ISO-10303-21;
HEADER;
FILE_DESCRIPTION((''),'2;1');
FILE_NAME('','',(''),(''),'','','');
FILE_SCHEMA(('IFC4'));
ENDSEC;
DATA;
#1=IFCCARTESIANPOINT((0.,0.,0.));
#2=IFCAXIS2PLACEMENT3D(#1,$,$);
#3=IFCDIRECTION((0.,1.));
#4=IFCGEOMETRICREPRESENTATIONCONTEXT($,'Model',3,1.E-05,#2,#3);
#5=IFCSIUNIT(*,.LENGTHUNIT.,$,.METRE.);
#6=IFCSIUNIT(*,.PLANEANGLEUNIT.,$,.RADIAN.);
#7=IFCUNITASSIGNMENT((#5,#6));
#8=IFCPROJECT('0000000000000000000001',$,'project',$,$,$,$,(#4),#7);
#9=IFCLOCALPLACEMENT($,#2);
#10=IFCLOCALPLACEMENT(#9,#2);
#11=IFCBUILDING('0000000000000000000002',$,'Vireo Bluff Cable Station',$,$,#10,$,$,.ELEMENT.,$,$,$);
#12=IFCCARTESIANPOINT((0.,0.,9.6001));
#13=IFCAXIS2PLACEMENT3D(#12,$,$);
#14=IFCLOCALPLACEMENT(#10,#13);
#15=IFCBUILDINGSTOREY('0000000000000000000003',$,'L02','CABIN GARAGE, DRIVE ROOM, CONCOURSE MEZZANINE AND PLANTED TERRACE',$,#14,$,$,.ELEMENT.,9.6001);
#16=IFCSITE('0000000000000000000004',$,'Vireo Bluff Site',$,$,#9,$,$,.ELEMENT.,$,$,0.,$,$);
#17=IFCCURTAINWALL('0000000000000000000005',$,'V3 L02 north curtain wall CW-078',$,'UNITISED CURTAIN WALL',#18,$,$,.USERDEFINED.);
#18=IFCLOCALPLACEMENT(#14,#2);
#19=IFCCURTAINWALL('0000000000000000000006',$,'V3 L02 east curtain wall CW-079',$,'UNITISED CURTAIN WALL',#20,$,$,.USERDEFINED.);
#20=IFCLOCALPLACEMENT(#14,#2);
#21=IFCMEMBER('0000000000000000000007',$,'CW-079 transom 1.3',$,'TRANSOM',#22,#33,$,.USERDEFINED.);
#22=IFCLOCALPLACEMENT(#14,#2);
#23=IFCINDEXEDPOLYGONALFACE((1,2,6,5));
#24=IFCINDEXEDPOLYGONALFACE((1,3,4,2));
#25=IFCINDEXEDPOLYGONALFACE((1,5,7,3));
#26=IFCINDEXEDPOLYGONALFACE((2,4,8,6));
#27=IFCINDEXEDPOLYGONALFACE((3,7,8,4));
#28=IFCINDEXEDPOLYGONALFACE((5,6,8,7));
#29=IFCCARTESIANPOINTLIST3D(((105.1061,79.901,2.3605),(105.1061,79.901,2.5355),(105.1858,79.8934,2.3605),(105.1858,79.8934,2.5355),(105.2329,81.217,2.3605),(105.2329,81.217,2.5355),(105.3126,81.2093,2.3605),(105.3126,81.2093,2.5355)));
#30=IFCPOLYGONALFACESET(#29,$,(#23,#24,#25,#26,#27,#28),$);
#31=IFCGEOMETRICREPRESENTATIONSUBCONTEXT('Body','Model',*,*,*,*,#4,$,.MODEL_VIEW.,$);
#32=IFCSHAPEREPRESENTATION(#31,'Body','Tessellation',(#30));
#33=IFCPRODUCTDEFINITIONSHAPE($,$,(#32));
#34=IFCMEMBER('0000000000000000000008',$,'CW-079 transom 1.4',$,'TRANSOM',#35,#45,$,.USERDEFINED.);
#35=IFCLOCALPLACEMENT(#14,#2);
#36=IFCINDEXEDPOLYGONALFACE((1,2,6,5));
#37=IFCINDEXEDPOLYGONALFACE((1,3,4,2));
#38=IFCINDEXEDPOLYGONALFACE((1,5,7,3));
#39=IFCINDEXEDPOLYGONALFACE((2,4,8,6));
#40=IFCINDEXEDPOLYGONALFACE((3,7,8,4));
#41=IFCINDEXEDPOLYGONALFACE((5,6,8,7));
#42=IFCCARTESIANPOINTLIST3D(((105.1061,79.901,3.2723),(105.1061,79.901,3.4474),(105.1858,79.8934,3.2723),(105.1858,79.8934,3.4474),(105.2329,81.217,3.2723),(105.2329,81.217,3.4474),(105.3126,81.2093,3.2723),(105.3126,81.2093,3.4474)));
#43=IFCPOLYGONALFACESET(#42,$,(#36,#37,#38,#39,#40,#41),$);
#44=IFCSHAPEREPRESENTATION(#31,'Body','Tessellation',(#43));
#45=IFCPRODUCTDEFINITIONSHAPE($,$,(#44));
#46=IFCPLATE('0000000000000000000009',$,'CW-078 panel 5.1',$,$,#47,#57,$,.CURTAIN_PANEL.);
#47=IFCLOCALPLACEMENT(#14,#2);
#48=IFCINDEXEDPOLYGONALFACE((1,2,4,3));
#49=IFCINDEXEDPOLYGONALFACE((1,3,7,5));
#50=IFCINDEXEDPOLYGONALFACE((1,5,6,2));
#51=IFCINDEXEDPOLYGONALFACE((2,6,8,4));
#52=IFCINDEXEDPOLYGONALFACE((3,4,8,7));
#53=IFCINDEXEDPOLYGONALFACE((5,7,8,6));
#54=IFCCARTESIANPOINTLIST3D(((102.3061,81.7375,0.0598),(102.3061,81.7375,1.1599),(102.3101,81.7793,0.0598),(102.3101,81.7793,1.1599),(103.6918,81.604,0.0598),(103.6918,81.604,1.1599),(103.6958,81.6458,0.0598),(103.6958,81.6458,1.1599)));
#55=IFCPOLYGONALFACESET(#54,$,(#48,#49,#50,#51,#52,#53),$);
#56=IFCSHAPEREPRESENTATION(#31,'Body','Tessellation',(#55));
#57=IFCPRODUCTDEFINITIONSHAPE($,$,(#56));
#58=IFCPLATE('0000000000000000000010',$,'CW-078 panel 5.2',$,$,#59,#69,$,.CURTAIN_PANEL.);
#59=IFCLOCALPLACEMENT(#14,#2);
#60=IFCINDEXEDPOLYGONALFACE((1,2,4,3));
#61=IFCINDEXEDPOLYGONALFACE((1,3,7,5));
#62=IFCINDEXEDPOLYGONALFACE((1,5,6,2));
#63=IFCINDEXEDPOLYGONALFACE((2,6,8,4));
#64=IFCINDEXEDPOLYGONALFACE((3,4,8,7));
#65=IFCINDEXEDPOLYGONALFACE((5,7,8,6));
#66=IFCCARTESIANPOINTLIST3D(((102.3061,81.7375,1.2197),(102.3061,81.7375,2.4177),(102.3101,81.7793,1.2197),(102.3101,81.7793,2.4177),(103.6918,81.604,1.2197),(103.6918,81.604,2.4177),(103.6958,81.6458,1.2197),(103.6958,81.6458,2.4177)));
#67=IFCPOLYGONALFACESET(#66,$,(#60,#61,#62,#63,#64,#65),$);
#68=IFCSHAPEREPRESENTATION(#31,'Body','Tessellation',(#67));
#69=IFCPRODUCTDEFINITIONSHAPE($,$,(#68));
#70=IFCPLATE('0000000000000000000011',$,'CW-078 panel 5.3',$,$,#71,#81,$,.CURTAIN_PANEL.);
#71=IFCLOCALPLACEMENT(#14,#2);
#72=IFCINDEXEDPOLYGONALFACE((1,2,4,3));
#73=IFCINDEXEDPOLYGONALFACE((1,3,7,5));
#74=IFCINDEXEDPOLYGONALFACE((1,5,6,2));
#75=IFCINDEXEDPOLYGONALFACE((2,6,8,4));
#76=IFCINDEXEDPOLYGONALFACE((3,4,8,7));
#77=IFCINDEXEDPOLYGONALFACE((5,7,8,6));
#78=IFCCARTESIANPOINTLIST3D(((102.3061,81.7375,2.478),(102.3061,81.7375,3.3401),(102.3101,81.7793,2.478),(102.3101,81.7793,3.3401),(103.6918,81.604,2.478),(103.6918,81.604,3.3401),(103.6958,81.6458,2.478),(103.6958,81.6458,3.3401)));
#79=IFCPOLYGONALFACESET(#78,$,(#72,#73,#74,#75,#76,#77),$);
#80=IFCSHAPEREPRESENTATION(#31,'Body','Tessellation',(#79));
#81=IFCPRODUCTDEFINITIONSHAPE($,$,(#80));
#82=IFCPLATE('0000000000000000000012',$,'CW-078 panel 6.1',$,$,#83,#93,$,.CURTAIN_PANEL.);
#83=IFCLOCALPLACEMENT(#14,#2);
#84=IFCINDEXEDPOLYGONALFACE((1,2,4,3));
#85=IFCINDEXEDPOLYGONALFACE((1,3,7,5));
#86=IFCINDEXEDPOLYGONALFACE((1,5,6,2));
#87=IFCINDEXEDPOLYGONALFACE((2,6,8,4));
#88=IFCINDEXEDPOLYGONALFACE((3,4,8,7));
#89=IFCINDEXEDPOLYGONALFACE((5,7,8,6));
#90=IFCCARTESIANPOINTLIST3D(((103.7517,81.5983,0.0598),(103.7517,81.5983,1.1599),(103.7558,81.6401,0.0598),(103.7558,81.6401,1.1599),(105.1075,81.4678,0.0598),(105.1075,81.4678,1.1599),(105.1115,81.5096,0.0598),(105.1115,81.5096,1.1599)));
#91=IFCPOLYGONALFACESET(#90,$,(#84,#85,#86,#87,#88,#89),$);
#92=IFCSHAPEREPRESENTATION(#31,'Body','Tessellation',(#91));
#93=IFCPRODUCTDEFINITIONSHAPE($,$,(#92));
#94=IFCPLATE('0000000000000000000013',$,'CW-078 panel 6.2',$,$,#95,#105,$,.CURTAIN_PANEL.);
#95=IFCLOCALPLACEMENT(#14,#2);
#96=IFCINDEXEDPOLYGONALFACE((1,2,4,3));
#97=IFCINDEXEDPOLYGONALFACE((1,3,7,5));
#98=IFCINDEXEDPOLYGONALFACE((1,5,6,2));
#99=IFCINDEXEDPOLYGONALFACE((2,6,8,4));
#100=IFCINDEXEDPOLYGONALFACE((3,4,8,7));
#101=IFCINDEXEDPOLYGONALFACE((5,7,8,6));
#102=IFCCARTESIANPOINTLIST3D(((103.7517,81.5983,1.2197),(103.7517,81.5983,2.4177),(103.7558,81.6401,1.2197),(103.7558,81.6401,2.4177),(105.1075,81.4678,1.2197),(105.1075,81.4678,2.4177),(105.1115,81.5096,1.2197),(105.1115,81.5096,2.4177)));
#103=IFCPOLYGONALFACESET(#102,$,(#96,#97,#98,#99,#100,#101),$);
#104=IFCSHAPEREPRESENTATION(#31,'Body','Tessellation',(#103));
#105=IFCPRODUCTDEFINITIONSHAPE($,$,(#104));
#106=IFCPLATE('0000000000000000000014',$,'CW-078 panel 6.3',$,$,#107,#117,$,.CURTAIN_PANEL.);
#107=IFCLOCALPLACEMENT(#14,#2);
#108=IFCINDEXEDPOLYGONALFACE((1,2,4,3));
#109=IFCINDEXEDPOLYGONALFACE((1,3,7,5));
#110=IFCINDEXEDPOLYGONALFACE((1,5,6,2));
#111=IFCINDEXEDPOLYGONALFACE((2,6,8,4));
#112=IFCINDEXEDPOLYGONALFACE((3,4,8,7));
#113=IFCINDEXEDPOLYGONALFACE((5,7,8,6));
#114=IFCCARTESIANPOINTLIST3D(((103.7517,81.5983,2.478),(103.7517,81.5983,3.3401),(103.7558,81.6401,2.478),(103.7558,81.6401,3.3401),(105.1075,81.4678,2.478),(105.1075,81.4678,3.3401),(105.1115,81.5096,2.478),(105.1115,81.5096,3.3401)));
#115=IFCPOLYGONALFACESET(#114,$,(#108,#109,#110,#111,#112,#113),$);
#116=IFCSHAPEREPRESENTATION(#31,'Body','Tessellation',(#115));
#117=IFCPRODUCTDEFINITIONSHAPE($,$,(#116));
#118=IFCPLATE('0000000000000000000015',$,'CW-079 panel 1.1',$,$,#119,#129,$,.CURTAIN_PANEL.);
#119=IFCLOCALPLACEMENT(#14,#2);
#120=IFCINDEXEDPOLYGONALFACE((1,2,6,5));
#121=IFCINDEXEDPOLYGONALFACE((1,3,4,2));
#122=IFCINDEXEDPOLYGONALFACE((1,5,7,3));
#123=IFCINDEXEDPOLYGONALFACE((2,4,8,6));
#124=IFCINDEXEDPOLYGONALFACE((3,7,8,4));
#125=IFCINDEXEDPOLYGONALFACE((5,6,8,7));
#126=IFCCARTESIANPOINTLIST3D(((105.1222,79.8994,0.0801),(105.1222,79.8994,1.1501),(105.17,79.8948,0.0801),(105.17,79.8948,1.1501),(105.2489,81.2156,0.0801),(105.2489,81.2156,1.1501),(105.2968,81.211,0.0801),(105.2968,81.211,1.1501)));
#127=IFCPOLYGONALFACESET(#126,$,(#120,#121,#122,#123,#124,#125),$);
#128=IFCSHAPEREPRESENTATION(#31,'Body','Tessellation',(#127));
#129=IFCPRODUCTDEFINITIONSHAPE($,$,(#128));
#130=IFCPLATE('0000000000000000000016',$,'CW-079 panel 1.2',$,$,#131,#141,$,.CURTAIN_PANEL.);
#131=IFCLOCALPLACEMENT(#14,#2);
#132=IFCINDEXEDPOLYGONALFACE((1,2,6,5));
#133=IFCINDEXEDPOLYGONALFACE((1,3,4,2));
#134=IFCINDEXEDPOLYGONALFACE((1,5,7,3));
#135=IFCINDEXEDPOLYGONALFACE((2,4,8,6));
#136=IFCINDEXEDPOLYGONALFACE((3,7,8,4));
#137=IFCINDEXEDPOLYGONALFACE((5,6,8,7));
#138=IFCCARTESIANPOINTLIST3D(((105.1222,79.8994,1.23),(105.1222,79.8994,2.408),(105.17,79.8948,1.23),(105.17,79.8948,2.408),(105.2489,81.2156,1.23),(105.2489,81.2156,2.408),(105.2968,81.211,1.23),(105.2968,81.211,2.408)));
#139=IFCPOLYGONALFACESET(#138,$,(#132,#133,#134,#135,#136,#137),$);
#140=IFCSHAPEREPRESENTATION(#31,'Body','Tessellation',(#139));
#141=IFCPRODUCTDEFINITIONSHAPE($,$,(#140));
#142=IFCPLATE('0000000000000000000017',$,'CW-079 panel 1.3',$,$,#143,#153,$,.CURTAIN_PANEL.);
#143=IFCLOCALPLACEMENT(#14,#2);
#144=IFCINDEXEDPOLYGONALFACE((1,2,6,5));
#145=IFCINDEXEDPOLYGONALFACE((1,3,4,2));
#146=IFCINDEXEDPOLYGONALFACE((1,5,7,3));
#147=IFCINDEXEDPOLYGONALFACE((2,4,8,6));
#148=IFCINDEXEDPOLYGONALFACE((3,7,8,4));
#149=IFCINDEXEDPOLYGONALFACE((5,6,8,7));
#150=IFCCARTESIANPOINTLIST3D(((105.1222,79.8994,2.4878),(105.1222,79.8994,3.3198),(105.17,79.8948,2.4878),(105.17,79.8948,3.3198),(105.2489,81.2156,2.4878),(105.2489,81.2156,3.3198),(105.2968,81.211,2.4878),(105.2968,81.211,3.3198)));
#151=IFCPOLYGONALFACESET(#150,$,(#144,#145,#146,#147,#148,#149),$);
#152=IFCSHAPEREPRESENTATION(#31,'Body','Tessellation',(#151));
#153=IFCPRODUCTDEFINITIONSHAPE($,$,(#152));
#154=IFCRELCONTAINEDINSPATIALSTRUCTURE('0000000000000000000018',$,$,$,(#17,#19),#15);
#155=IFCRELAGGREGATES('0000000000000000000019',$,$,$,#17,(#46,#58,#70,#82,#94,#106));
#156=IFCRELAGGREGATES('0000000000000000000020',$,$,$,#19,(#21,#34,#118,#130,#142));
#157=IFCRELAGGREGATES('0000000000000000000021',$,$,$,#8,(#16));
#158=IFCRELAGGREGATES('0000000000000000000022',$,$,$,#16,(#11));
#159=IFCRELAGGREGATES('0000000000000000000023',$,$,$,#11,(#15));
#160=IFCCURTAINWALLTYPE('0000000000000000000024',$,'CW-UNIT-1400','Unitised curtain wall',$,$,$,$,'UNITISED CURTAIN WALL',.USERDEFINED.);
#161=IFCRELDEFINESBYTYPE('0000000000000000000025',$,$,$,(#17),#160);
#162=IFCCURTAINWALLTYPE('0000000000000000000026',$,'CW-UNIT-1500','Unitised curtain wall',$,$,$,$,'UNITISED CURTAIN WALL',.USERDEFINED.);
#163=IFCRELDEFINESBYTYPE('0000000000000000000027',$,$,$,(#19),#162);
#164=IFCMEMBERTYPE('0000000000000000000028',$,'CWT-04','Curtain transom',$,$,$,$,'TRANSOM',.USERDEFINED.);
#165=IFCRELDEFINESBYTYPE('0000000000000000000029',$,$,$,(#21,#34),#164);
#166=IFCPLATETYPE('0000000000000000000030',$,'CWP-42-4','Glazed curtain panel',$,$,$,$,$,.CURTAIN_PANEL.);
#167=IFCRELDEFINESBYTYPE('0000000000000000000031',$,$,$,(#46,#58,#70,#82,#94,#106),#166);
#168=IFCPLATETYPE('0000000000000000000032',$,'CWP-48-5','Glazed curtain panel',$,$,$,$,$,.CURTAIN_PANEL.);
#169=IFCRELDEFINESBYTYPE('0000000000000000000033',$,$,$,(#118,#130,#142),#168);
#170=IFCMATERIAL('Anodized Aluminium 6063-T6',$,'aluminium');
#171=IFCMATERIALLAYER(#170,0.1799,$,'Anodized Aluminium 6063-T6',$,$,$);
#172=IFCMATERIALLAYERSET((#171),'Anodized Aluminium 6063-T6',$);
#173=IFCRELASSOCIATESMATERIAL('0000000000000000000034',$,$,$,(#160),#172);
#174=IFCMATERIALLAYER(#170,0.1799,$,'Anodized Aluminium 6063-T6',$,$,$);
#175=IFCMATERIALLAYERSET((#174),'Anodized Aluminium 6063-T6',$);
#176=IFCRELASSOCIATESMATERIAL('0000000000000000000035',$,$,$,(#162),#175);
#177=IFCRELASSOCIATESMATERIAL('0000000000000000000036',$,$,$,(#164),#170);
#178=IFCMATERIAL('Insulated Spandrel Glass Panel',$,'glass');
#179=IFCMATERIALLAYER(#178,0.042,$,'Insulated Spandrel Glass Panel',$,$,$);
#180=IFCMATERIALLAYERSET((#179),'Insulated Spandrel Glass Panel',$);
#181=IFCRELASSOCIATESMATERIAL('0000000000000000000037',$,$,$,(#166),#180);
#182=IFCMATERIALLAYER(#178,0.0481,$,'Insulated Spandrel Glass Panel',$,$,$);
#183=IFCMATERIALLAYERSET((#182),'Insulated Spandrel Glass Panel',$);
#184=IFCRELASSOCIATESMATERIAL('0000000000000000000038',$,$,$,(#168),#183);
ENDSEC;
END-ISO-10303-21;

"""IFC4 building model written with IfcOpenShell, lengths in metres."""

from ifc_helpers import new_model, si_unit, direction, frame, origin, origin_2d, place, context, subcontext, project, spatial, rectangle, extrude, material, layer, layer_set, material_profile, profile_set, type_object, element, aggregate, save


model = new_model("IFC4")

# Units and contexts
model_context = context("Model", 3, precision=1e-05, world=origin(), true_north=direction((0.0, 1.0)))
body_context = subcontext(model_context, "Body", "Model", "MODEL_VIEW")
ifc_project = project(units=[si_unit("LENGTHUNIT", "METRE"), si_unit("PLANEANGLEUNIT", "RADIAN")], contexts=[model_context])

# Site, building, storey
site_placement = place(None, origin())
site = spatial("IfcSite", under=ifc_project, at=site_placement, Name="Vireo Bluff Site", CompositionType="ELEMENT", RefElevation=0.0)
building_placement = place(site_placement, origin())
building = spatial("IfcBuilding", under=site, at=building_placement, Name="Vireo Bluff Cable Station", CompositionType="ELEMENT")
storey_placement = place(building_placement, frame((0.0, 0.0, 9.6001)))
storey = spatial("IfcBuildingStorey", under=building, at=storey_placement, Name="L02", Description="CABIN GARAGE, DRIVE ROOM, CONCOURSE MEZZANINE AND PLANTED TERRACE", CompositionType="ELEMENT", Elevation=9.6001)

# Curtain wall
ifc_material_1 = material(Name="Anodized Aluminium 6063-T6", Category="aluminium")
ifc_layer_1 = layer(ifc_material_1, 0.1799, Name="Anodized Aluminium 6063-T6")
ifc_layer_set_1 = layer_set([ifc_layer_1], Name="Anodized Aluminium 6063-T6")
curtain_wall_type_1 = type_object("IfcCurtainWallType", Name="CW-UNIT-1400", Description="Unitised curtain wall", ElementType="UNITISED CURTAIN WALL", PredefinedType="USERDEFINED", material=ifc_layer_set_1)
curtain_wall_1_placement = place(storey_placement, origin())
curtain_wall_1 = element("IfcCurtainWall", 1, at=curtain_wall_1_placement, inside=storey, type_object=curtain_wall_type_1, Name="V3 L02 north curtain wall CW-078", ObjectType="UNITISED CURTAIN WALL", PredefinedType="USERDEFINED")

# Curtain wall
ifc_layer_2 = layer(ifc_material_1, 0.1799, Name="Anodized Aluminium 6063-T6")
ifc_layer_set_2 = layer_set([ifc_layer_2], Name="Anodized Aluminium 6063-T6")
curtain_wall_type_2 = type_object("IfcCurtainWallType", Name="CW-UNIT-1500", Description="Unitised curtain wall", ElementType="UNITISED CURTAIN WALL", PredefinedType="USERDEFINED", material=ifc_layer_set_2)
curtain_wall_2_placement = place(storey_placement, origin())
curtain_wall_2 = element("IfcCurtainWall", 2, at=curtain_wall_2_placement, inside=storey, type_object=curtain_wall_type_2, Name="V3 L02 east curtain wall CW-079", ObjectType="UNITISED CURTAIN WALL", PredefinedType="USERDEFINED")

# Members
ifc_material_profile_1 = material_profile(ifc_material_1, rectangle(XDim=0.0801, YDim=0.175, at=origin_2d()), Name="ALU-T-80X175")
ifc_profile_set_1 = profile_set([ifc_material_profile_1], Name="Anodized Aluminium 6063-T6")
member_type_1 = type_object("IfcMemberType", Name="CWT-04", Description="Curtain transom", ElementType="TRANSOM", PredefinedType="USERDEFINED", material=ifc_profile_set_1)
member_1_placement = place(storey_placement, frame((105.2727, 81.2131, 2.448), z_axis=(-0.095846, -0.995396, 0.0), x_axis=(0.995396, -0.095846, 0.0)))
member_1 = element("IfcMember", 3, at=member_1_placement, type_object=member_type_1, Name="CW-079 transom 1.3", ObjectType="TRANSOM", PredefinedType="USERDEFINED", context=body_context, shape_type="SweptSolid", body=[
    extrude(rectangle(XDim=0.0801, YDim=0.175, at=origin_2d()), origin(), (0.0, 0.0, 1.0), 1.322),
])
member_2_placement = place(storey_placement, frame((105.2727, 81.2131, 3.3599), z_axis=(-0.095846, -0.995396, 0.0), x_axis=(0.995396, -0.095846, 0.0)))
member_2 = element("IfcMember", 4, at=member_2_placement, type_object=member_type_1, Name="CW-079 transom 1.4", ObjectType="TRANSOM", PredefinedType="USERDEFINED", context=body_context, shape_type="SweptSolid", body=[
    extrude(rectangle(XDim=0.0801, YDim=0.175, at=origin_2d()), origin(), (0.0, 0.0, 1.0), 1.322),
])

# Plates
ifc_material_2 = material(Name="Insulated Spandrel Glass Panel", Category="glass")
ifc_layer_3 = layer(ifc_material_2, 0.042, Name="Insulated Spandrel Glass Panel")
ifc_layer_set_3 = layer_set([ifc_layer_3], Name="Insulated Spandrel Glass Panel")
plate_type_1 = type_object("IfcPlateType", Name="CWP-42-4", Description="Glazed curtain panel", PredefinedType="CURTAIN_PANEL", material=ifc_layer_set_3)
plate_1_placement = place(storey_placement, frame((103.001, 81.6917, 0.0598), z_axis=(0.0, 0.0, 1.0), x_axis=(0.995396, -0.095846, 0.0)))
plate_1 = element("IfcPlate", 5, at=plate_1_placement, type_object=plate_type_1, Name="CW-078 panel 5.1", PredefinedType="CURTAIN_PANEL", context=body_context, shape_type="SweptSolid", body=[
    extrude(rectangle(XDim=1.3921, YDim=0.042, at=origin_2d()), origin(), (0.0, 0.0, 1.0), 1.1001),
])
plate_2_placement = place(storey_placement, frame((103.001, 81.6917, 1.2197), z_axis=(0.0, 0.0, 1.0), x_axis=(0.995396, -0.095846, 0.0)))
plate_2 = element("IfcPlate", 6, at=plate_2_placement, type_object=plate_type_1, Name="CW-078 panel 5.2", PredefinedType="CURTAIN_PANEL", context=body_context, shape_type="SweptSolid", body=[
    extrude(rectangle(XDim=1.3921, YDim=0.042, at=origin_2d()), origin(), (0.0, 0.0, 1.0), 1.198),
])
plate_3_placement = place(storey_placement, frame((103.001, 81.6917, 2.478), z_axis=(0.0, 0.0, 1.0), x_axis=(0.995396, -0.095846, 0.0)))
plate_3 = element("IfcPlate", 7, at=plate_3_placement, type_object=plate_type_1, Name="CW-078 panel 5.3", PredefinedType="CURTAIN_PANEL", context=body_context, shape_type="SweptSolid", body=[
    extrude(rectangle(XDim=1.3921, YDim=0.042, at=origin_2d()), origin(), (0.0, 0.0, 1.0), 0.8621),
])
plate_4_placement = place(storey_placement, frame((104.4316, 81.554, 0.0598), z_axis=(0.0, 0.0, 1.0), x_axis=(0.995396, -0.095846, 0.0)))
plate_4 = element("IfcPlate", 8, at=plate_4_placement, type_object=plate_type_1, Name="CW-078 panel 6.1", PredefinedType="CURTAIN_PANEL", context=body_context, shape_type="SweptSolid", body=[
    extrude(rectangle(XDim=1.3621, YDim=0.042, at=origin_2d()), origin(), (0.0, 0.0, 1.0), 1.1001),
])
plate_5_placement = place(storey_placement, frame((104.4316, 81.554, 1.2197), z_axis=(0.0, 0.0, 1.0), x_axis=(0.995396, -0.095846, 0.0)))
plate_5 = element("IfcPlate", 9, at=plate_5_placement, type_object=plate_type_1, Name="CW-078 panel 6.2", PredefinedType="CURTAIN_PANEL", context=body_context, shape_type="SweptSolid", body=[
    extrude(rectangle(XDim=1.3621, YDim=0.042, at=origin_2d()), origin(), (0.0, 0.0, 1.0), 1.198),
])
plate_6_placement = place(storey_placement, frame((104.4316, 81.554, 2.478), z_axis=(0.0, 0.0, 1.0), x_axis=(0.995396, -0.095846, 0.0)))
plate_6 = element("IfcPlate", 10, at=plate_6_placement, type_object=plate_type_1, Name="CW-078 panel 6.3", PredefinedType="CURTAIN_PANEL", context=body_context, shape_type="SweptSolid", body=[
    extrude(rectangle(XDim=1.3621, YDim=0.042, at=origin_2d()), origin(), (0.0, 0.0, 1.0), 0.8621),
])
aggregate(curtain_wall_1, [plate_1, plate_2, plate_3, plate_4, plate_5, plate_6])
ifc_layer_4 = layer(ifc_material_2, 0.0481, Name="Insulated Spandrel Glass Panel")
ifc_layer_set_4 = layer_set([ifc_layer_4], Name="Insulated Spandrel Glass Panel")
plate_type_2 = type_object("IfcPlateType", Name="CWP-48-5", Description="Glazed curtain panel", PredefinedType="CURTAIN_PANEL", material=ifc_layer_set_4)
plate_7_placement = place(storey_placement, frame((105.2095, 80.5552, 0.0801), z_axis=(0.0, 0.0, 1.0), x_axis=(-0.095846, -0.995396, 0.0)))
plate_7 = element("IfcPlate", 11, at=plate_7_placement, type_object=plate_type_2, Name="CW-079 panel 1.1", PredefinedType="CURTAIN_PANEL", context=body_context, shape_type="SweptSolid", body=[
    extrude(rectangle(XDim=1.3223, YDim=0.0481, at=origin_2d()), origin(), (0.0, 0.0, 1.0), 1.0701),
])
plate_8_placement = place(storey_placement, frame((105.2095, 80.5552, 1.23), z_axis=(0.0, 0.0, 1.0), x_axis=(-0.095846, -0.995396, 0.0)))
plate_8 = element("IfcPlate", 12, at=plate_8_placement, type_object=plate_type_2, Name="CW-079 panel 1.2", PredefinedType="CURTAIN_PANEL", context=body_context, shape_type="SweptSolid", body=[
    extrude(rectangle(XDim=1.3223, YDim=0.0481, at=origin_2d()), origin(), (0.0, 0.0, 1.0), 1.178),
])
plate_9_placement = place(storey_placement, frame((105.2095, 80.5552, 2.4878), z_axis=(0.0, 0.0, 1.0), x_axis=(-0.095846, -0.995396, 0.0)))
plate_9 = element("IfcPlate", 13, at=plate_9_placement, type_object=plate_type_2, Name="CW-079 panel 1.3", PredefinedType="CURTAIN_PANEL", context=body_context, shape_type="SweptSolid", body=[
    extrude(rectangle(XDim=1.3223, YDim=0.0481, at=origin_2d()), origin(), (0.0, 0.0, 1.0), 0.832),
])
aggregate(curtain_wall_2, [member_1, member_2, plate_7, plate_8, plate_9])

save(model, "model.ifc")
